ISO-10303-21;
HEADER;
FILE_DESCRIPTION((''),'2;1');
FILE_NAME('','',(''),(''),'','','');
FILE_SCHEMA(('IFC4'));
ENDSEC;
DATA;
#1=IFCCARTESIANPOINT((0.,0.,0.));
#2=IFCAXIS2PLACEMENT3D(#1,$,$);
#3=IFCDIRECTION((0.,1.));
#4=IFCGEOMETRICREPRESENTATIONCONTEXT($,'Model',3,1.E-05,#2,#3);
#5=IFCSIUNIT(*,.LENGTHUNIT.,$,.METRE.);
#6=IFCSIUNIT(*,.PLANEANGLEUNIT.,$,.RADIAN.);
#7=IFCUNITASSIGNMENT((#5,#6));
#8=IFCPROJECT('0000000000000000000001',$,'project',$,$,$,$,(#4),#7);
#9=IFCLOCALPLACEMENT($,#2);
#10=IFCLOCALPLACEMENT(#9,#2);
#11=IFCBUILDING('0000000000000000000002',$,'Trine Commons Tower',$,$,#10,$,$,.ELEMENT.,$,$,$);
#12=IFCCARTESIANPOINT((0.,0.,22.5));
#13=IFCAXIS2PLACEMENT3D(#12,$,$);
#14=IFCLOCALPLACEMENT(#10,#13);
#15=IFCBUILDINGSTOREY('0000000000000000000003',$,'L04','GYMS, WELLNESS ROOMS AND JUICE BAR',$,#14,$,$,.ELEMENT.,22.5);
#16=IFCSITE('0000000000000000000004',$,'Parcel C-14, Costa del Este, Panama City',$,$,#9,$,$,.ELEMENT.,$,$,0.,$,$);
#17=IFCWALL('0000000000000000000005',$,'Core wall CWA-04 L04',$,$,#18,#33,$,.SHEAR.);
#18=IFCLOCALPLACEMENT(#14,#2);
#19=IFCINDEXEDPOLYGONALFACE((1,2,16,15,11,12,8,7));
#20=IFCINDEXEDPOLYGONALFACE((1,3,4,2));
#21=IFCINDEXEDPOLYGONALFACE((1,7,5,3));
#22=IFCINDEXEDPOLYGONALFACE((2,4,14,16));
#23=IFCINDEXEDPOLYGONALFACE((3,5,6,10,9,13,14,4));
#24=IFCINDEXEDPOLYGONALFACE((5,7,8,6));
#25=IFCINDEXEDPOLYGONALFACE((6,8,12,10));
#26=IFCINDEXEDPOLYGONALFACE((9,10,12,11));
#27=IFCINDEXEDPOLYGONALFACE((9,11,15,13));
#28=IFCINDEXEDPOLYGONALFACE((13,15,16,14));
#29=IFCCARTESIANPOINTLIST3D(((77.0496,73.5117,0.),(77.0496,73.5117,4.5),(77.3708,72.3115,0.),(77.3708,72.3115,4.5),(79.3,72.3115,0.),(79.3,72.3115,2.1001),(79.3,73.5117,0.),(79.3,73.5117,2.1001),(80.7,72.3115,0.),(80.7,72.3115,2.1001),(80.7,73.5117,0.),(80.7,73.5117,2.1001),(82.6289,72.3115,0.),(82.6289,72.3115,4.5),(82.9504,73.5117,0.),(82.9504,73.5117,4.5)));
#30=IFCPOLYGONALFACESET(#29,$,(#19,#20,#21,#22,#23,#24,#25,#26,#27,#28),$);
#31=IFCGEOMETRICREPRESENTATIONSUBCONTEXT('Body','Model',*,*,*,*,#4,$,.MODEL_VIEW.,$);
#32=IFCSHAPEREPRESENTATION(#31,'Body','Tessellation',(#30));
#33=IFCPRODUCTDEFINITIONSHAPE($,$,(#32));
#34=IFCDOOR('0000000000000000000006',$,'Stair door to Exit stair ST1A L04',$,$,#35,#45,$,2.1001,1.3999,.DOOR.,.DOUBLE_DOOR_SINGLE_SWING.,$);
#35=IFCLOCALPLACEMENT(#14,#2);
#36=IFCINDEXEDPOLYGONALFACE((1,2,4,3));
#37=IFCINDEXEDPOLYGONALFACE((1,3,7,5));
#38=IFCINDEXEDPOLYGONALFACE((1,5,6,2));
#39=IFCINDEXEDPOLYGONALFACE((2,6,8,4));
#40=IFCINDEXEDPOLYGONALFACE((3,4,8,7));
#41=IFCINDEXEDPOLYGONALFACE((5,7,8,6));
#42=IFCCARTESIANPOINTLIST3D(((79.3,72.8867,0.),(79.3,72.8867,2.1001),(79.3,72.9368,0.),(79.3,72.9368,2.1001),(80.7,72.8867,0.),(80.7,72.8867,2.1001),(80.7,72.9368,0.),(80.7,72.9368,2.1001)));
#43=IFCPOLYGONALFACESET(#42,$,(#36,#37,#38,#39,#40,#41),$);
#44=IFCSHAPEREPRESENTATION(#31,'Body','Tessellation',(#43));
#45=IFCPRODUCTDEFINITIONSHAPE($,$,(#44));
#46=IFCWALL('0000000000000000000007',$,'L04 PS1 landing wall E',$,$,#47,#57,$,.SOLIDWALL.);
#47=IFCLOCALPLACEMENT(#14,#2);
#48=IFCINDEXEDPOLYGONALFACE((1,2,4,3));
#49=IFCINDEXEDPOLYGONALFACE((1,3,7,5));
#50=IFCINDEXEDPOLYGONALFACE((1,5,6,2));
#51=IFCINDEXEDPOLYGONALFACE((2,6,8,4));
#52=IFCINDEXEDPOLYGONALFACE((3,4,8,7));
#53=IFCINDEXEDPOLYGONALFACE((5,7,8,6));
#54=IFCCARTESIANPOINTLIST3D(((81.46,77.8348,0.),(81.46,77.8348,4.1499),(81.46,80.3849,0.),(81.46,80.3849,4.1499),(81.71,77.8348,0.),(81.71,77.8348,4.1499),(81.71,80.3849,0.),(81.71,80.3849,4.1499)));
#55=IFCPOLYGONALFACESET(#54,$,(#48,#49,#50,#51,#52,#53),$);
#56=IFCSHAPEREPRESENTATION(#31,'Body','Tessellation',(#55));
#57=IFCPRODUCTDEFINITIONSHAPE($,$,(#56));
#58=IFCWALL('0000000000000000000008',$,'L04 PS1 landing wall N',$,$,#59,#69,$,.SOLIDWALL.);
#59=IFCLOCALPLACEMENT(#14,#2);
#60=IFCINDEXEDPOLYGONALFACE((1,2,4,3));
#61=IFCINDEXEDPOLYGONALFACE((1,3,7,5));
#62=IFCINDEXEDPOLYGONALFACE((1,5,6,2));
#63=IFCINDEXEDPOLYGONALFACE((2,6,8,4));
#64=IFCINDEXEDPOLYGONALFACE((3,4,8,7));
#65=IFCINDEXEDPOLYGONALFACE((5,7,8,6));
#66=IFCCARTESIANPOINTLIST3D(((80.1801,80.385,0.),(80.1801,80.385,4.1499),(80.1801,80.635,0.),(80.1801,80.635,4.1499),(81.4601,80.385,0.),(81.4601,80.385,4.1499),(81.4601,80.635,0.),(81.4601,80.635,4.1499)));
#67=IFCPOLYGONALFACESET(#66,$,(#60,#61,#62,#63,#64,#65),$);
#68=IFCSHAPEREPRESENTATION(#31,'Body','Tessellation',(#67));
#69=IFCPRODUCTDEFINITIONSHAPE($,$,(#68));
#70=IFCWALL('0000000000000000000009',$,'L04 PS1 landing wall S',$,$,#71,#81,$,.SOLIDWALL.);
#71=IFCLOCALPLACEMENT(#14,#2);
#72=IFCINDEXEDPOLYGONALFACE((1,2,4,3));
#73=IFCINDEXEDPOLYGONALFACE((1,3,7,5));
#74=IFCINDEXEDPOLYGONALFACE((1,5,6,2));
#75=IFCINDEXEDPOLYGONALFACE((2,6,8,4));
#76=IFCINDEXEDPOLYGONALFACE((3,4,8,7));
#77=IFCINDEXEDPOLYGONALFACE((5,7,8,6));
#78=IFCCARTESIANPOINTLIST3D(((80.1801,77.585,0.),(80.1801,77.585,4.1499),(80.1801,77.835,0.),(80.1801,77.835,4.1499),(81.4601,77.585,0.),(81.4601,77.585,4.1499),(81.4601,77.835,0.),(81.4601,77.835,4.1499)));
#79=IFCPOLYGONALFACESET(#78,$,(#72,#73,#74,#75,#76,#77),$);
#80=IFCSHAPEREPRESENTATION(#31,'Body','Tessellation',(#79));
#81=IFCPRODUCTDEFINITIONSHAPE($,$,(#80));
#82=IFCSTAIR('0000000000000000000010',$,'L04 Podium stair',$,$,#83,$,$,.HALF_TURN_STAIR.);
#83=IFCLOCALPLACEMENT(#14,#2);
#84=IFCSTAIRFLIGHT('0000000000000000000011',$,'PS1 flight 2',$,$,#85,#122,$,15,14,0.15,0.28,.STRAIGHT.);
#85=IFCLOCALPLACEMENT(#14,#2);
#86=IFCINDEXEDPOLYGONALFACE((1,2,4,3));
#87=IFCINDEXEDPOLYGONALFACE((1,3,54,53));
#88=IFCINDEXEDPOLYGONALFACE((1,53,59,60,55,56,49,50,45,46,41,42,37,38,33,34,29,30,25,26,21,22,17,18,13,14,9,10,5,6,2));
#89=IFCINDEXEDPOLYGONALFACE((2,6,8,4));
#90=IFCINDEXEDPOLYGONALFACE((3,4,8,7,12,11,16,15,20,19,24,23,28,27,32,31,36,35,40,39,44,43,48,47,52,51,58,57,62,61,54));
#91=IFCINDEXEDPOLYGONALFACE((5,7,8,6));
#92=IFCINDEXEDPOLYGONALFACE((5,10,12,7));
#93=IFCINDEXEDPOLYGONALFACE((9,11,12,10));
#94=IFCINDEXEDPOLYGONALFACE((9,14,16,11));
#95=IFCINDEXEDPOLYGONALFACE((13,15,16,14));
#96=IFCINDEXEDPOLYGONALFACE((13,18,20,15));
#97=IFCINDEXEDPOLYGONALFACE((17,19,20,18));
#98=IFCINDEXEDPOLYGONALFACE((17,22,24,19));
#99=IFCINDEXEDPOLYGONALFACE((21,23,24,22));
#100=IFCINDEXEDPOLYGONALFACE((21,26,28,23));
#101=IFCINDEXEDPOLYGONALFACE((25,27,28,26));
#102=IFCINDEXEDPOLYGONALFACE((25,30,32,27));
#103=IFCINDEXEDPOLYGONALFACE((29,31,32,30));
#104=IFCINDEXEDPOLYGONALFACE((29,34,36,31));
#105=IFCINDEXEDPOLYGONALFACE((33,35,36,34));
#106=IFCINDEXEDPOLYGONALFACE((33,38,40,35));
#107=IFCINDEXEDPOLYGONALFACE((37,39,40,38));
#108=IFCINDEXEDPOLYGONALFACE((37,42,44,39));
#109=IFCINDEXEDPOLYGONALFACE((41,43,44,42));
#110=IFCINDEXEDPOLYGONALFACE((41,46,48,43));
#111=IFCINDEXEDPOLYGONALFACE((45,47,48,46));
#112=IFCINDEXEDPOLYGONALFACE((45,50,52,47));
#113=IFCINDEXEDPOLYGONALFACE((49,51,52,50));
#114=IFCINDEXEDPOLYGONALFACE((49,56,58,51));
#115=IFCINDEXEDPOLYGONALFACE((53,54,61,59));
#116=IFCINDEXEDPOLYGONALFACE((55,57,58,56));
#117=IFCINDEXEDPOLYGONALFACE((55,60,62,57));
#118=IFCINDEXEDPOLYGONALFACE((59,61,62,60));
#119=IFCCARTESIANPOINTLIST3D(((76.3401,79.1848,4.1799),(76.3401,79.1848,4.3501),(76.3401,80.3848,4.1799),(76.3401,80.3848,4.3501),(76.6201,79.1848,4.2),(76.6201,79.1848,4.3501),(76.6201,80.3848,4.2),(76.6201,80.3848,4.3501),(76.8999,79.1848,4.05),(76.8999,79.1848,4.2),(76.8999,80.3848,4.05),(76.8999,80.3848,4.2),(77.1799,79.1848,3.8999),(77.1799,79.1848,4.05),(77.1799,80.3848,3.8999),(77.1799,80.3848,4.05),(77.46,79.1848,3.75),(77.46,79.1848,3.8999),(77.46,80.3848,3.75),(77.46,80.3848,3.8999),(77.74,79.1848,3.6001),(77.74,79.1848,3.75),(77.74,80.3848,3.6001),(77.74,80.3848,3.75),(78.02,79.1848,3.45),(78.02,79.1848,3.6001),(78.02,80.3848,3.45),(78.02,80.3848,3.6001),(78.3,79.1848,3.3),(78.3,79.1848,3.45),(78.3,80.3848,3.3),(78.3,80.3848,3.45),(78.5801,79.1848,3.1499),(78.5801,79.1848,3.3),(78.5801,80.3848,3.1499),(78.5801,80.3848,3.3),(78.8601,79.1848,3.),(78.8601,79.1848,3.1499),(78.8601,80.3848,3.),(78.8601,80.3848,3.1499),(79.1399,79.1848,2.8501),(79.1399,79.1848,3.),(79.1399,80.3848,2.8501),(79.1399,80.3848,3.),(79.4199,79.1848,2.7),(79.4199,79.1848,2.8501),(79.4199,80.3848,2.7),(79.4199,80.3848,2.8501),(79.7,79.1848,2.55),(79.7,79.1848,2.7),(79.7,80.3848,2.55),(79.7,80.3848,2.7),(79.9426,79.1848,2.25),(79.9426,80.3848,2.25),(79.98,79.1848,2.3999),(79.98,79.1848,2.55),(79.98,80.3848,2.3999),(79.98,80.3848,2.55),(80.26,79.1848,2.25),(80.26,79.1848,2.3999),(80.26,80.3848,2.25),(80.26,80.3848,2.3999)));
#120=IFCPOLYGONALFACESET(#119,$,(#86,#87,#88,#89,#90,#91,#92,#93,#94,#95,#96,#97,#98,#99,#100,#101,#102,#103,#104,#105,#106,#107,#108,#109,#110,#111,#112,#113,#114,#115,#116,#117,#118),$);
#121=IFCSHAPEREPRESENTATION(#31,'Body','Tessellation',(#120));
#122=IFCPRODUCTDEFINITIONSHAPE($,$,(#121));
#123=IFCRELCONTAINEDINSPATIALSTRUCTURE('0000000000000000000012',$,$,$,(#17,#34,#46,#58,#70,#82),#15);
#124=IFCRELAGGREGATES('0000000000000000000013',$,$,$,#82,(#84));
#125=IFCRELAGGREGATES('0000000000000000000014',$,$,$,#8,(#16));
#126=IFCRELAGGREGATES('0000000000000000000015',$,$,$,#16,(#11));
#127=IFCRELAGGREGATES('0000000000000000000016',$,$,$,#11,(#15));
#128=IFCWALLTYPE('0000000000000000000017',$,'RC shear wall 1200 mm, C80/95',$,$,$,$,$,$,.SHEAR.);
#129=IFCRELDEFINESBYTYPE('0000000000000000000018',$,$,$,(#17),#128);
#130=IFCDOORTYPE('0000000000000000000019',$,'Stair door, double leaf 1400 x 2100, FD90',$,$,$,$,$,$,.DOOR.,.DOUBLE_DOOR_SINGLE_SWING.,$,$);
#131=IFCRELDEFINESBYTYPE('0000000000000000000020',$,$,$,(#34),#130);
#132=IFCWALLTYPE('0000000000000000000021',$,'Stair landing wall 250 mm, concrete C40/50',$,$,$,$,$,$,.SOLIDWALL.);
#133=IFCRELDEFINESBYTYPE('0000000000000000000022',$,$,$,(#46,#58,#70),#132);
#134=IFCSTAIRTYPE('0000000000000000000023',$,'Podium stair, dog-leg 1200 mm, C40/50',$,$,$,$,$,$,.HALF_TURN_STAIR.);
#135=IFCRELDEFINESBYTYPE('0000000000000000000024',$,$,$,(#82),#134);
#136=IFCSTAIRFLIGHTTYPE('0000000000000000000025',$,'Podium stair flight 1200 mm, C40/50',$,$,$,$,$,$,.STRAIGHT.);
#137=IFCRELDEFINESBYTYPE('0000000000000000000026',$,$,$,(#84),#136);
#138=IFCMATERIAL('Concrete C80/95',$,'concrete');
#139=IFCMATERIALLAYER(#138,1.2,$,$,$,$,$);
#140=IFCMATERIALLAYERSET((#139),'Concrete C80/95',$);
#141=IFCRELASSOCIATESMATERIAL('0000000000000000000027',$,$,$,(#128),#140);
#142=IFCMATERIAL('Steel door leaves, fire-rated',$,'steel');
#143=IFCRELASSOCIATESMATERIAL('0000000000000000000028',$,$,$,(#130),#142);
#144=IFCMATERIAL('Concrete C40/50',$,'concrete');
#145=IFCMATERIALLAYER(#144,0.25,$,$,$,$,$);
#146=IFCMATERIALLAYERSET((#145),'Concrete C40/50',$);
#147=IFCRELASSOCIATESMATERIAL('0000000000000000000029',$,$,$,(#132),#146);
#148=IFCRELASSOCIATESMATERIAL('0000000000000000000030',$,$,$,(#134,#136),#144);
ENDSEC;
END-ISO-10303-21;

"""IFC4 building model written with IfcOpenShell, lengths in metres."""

from ifc_helpers import new_model, si_unit, direction, frame, frame_2d, origin, place, context, subcontext, project, spatial, polyline, rectangle, outline, extrude, material, layer, layer_set, type_object, element, fill, aggregate, save


model = new_model("IFC4")

# Units and contexts
model_context = context("Model", 3, precision=1e-05, world=origin(), true_north=direction((0.0, 1.0)))
body_context = subcontext(model_context, "Body", "Model", "MODEL_VIEW")
ifc_project = project(units=[si_unit("LENGTHUNIT", "METRE"), si_unit("PLANEANGLEUNIT", "RADIAN")], contexts=[model_context])

# Site, building, storey
site_placement = place(None, origin())
site = spatial("IfcSite", under=ifc_project, at=site_placement, Name="Parcel C-14, Costa del Este, Panama City", CompositionType="ELEMENT", RefElevation=0.0)
building_placement = place(site_placement, origin())
building = spatial("IfcBuilding", under=site, at=building_placement, Name="Trine Commons Tower", CompositionType="ELEMENT")
storey_placement = place(building_placement, frame((0.0, 0.0, 22.5)))
storey = spatial("IfcBuildingStorey", under=building, at=storey_placement, Name="L04", Description="GYMS, WELLNESS ROOMS AND JUICE BAR", CompositionType="ELEMENT", Elevation=22.5)

# Shared definitions
ifc_material_1 = material(Name="Concrete C80/95", Category="concrete")

# Wall, opening, door
ifc_layer_1 = layer(ifc_material_1, 1.2)
ifc_layer_set_1 = layer_set([ifc_layer_1], Name="Concrete C80/95")
wall_type_1 = type_object("IfcWallType", Name="RC shear wall 1200 mm, C80/95", PredefinedType="SHEAR", material=ifc_layer_set_1)
wall_1_placement = place(storey_placement, frame((82.9504, 72.9116, 0.0), z_axis=(0.0, 0.0, 1.0), x_axis=(-1.0, 0.0, 0.0)))
wall_1 = element("IfcWall", 1, at=wall_1_placement, inside=storey, type_object=wall_type_1, Name="Core wall CWA-04 L04", PredefinedType="SHEAR", context=body_context, shape_type="SweptSolid", body=[
    extrude(outline(polyline([(0.0, -0.6001), (5.9009, -0.6001), (5.5796, 0.6001), (0.3215, 0.6001), (0.0, -0.6001)])), origin(), (0.0, 0.0, 1.0), 4.5),
])
opening_1_placement = place(wall_1_placement, frame((2.2505, 0.0, 0.0)))
opening_1 = element("IfcOpeningElement", 2, at=opening_1_placement, cuts=wall_1, PredefinedType="OPENING", context=body_context, shape_type="SweptSolid", body=[
    extrude(rectangle(XDim=1.3999, YDim=2.1001, at=frame_2d((0.7, 1.05))), frame((0.0, 0.6099, 0.0), z_axis=(0.0, -1.0, 0.0), x_axis=(1.0, 0.0, 0.0)), (0.0, 0.0, 1.0), 1.22),
])
ifc_material_2 = material(Name="Steel door leaves, fire-rated", Category="steel")
door_type_1 = type_object("IfcDoorType", Name="Stair door, double leaf 1400 x 2100, FD90", OperationType="DOUBLE_DOOR_SINGLE_SWING", PredefinedType="DOOR", material=ifc_material_2)
door_1_placement = place(opening_1_placement, origin())
door_1 = element("IfcDoor", 3, at=door_1_placement, inside=storey, type_object=door_type_1, Name="Stair door to Exit stair ST1A L04", OperationType="DOUBLE_DOOR_SINGLE_SWING", OverallHeight=2.1001, OverallWidth=1.3999, PredefinedType="DOOR", context=body_context, shape_type="SweptSolid", body=[
    extrude(rectangle(XDim=1.3999, YDim=2.1001, at=frame_2d((0.7, 1.05))), frame((0.0, 0.0249, 0.0), z_axis=(0.0, -1.0, 0.0), x_axis=(1.0, 0.0, 0.0)), (0.0, 0.0, 1.0), 0.05),
])
fill(opening_1, door_1)

# Walls
ifc_material_3 = material(Name="Concrete C40/50", Category="concrete")
ifc_layer_2 = layer(ifc_material_3, 0.25)
ifc_layer_set_2 = layer_set([ifc_layer_2], Name="Concrete C40/50")
wall_type_2 = type_object("IfcWallType", Name="Stair landing wall 250 mm, concrete C40/50", PredefinedType="SOLIDWALL", material=ifc_layer_set_2)
wall_2_placement = place(storey_placement, frame((81.585, 77.835, 0.0), z_axis=(0.0, 0.0, 1.0), x_axis=(0.0, 1.0, 0.0)))
element("IfcWall", 4, at=wall_2_placement, inside=storey, type_object=wall_type_2, Name="L04 PS1 landing wall E", PredefinedType="SOLIDWALL", context=body_context, shape_type="SweptSolid", body=[
    extrude(rectangle(XDim=2.55, YDim=0.25, at=frame_2d((1.2749, 0.0))), origin(), (0.0, 0.0, 1.0), 4.1499),
])
for number, where, z_axis, x_axis, name in (
    (5, (80.1799, 80.51, 0.0), (0.0, 0.0, 1.0), (1.0, 0.0, 0.0), "L04 PS1 landing wall N"),
    (6, (80.1799, 77.71, 0.0), (0.0, 0.0, 1.0), (1.0, 0.0, 0.0), "L04 PS1 landing wall S"),
):
    element("IfcWall", number, at=place(storey_placement, frame(where, z_axis=z_axis, x_axis=x_axis)), inside=storey, type_object=wall_type_2, Name=name, PredefinedType="SOLIDWALL", context=body_context, shape_type="SweptSolid", body=[
        extrude(rectangle(XDim=1.28, YDim=0.25, at=frame_2d((0.6401, 0.0))), origin(), (0.0, 0.0, 1.0), 4.1499),
    ])

# Stair, stair flight
stair_type = type_object("IfcStairType", Name="Podium stair, dog-leg 1200 mm, C40/50", PredefinedType="HALF_TURN_STAIR", material=ifc_material_3)
stair_placement = place(storey_placement, origin())
stair = element("IfcStair", 7, at=stair_placement, inside=storey, type_object=stair_type, Name="L04 Podium stair", PredefinedType="HALF_TURN_STAIR")
stair_flight_type = type_object("IfcStairFlightType", Name="Podium stair flight 1200 mm, C40/50", PredefinedType="STRAIGHT", material=ifc_material_3)
stair_flight_placement = place(storey_placement, frame((80.26, 79.7849, 2.25), z_axis=(0.0, 0.0, 1.0), x_axis=(-1.0, 0.0, 0.0)))
stair_flight = element("IfcStairFlight", 8, at=stair_flight_placement, type_object=stair_flight_type, Name="PS1 flight 2", NumberOfRisers=15, NumberOfTreads=14, PredefinedType="STRAIGHT", RiserHeight=0.15, TreadLength=0.28, context=body_context, shape_type="SweptSolid", body=[
    extrude(outline(polyline([(0.0, 0.0), (0.0, 0.1499), (0.28, 0.1499), (0.28, 0.3), (0.5601, 0.3), (0.5601, 0.45), (0.8401, 0.45), (0.8401, 0.6001), (1.1201, 0.6001), (1.1201, 0.75), (1.3999, 0.75), (1.3999, 0.8999), (1.6799, 0.8999), (1.6799, 1.05), (1.96, 1.05), (1.96, 1.2), (2.24, 1.2), (2.24, 1.3501), (2.52, 1.3501), (2.52, 1.5), (2.8, 1.5), (2.8, 1.6499), (3.0801, 1.6499), (3.0801, 1.8), (3.3601, 1.8), (3.3601, 1.95), (3.6399, 1.95), (3.6399, 2.1001), (3.9199, 2.1001), (3.9199, 2.25), (3.9199, 1.9299), (0.3174, 0.0), (0.0, 0.0)])), frame((0.0, 0.6001, 0.0), z_axis=(0.0, -1.0, 0.0), x_axis=(1.0, 0.0, 0.0)), (0.0, 0.0, 1.0), 1.2),
])
aggregate(stair, [stair_flight])

save(model, "model.ifc")
